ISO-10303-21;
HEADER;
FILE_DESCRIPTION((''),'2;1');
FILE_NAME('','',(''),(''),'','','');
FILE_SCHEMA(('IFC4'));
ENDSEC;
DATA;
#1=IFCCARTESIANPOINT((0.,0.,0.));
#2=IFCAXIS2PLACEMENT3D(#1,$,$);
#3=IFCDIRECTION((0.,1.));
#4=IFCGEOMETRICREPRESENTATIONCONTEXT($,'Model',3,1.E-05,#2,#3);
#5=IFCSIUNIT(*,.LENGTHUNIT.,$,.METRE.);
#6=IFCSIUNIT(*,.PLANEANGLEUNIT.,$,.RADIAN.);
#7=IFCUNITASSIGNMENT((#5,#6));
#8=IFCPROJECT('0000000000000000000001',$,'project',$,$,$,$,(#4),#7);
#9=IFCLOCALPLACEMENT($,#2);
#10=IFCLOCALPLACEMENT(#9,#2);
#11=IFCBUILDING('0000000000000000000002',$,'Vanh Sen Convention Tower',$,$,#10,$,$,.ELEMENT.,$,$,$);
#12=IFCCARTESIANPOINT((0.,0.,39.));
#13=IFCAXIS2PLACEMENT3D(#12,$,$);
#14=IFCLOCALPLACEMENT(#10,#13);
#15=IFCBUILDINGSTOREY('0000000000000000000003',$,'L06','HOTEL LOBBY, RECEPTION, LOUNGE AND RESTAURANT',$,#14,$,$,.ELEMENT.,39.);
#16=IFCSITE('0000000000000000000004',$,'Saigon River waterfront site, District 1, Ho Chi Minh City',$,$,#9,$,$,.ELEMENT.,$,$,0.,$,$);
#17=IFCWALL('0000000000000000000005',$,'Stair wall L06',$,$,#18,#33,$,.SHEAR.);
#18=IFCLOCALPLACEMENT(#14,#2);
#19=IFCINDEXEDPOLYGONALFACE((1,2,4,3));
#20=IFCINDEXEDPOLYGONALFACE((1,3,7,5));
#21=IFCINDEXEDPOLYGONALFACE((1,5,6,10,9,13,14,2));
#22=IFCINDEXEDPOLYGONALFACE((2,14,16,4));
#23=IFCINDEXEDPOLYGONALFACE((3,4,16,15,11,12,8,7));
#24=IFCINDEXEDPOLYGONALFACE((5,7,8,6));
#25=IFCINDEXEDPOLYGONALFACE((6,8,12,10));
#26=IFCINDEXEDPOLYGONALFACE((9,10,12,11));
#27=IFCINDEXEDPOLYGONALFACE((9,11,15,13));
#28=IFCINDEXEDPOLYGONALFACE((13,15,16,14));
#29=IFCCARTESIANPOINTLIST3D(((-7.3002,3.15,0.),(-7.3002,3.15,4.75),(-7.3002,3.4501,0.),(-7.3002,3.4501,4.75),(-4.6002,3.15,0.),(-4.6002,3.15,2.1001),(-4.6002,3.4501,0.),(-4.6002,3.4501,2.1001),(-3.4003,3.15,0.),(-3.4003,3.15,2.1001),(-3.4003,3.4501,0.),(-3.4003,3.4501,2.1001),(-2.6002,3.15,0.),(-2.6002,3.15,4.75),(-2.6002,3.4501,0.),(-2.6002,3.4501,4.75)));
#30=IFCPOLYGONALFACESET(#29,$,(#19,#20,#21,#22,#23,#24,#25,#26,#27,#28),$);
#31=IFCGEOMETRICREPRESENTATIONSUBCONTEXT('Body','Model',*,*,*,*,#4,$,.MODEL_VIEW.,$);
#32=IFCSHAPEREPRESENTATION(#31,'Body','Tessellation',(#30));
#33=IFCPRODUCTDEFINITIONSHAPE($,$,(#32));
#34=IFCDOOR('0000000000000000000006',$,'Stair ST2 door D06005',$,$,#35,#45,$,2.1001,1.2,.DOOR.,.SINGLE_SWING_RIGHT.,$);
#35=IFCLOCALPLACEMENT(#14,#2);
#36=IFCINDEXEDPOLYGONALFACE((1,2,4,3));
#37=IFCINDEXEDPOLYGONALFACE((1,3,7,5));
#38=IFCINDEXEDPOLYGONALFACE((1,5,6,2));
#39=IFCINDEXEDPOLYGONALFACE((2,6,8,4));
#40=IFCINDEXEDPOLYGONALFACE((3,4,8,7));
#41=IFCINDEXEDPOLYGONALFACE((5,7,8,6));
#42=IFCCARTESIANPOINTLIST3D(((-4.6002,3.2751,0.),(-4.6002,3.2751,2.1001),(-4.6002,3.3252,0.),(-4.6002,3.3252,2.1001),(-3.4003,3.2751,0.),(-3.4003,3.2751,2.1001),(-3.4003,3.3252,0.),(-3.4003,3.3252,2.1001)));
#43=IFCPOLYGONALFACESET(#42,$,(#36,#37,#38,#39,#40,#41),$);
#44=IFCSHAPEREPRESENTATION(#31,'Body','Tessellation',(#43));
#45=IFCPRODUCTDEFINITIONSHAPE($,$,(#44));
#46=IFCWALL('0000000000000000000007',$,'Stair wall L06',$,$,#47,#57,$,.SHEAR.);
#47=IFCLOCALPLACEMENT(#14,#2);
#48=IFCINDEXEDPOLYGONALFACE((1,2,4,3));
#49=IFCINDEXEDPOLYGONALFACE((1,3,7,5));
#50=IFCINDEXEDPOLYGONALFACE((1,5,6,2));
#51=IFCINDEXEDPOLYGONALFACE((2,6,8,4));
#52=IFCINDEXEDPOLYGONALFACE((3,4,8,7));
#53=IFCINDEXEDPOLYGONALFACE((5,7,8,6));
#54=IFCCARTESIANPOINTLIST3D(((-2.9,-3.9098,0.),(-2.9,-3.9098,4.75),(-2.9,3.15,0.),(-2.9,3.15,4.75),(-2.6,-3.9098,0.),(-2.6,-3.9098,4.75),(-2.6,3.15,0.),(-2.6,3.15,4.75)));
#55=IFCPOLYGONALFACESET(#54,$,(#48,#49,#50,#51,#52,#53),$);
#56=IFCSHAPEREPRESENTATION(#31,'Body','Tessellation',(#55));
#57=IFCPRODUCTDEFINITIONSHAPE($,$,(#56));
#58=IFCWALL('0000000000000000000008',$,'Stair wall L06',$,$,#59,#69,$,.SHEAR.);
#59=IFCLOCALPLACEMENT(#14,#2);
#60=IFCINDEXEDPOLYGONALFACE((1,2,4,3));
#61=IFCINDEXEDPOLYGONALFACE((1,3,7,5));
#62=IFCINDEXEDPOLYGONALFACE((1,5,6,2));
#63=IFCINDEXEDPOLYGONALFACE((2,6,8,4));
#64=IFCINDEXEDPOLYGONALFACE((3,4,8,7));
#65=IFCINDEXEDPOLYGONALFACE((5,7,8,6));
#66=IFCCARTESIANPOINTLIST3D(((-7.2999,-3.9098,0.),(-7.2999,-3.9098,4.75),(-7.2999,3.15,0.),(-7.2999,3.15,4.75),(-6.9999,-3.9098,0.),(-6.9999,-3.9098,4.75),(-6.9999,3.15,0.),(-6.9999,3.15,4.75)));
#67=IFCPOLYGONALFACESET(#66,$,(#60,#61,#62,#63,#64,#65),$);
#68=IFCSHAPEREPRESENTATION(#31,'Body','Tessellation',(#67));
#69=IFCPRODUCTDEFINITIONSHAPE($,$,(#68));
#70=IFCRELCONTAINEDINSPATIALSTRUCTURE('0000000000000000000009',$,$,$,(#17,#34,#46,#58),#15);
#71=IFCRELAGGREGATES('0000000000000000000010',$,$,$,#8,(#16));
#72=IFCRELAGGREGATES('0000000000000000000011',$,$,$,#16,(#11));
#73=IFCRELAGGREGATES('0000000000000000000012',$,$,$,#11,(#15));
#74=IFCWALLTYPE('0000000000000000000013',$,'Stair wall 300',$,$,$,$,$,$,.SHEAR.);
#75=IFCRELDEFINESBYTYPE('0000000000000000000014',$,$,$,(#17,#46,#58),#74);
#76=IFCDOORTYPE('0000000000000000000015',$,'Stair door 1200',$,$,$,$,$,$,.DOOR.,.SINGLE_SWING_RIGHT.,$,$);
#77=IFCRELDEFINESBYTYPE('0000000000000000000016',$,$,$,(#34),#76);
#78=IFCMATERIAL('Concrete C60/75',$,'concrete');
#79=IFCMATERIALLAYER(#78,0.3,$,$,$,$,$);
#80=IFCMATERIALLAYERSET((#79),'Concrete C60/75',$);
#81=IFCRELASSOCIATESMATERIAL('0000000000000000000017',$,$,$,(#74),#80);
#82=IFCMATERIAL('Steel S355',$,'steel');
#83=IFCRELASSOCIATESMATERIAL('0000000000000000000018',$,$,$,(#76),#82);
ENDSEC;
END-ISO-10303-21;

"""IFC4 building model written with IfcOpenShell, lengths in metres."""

from ifc_helpers import new_model, si_unit, direction, frame, frame_2d, origin, place, context, subcontext, project, spatial, rectangle, extrude, material, layer, layer_set, type_object, element, fill, save


model = new_model("IFC4")

# Units and contexts
model_context = context("Model", 3, precision=1e-05, world=origin(), true_north=direction((0.0, 1.0)))
body_context = subcontext(model_context, "Body", "Model", "MODEL_VIEW")
ifc_project = project(units=[si_unit("LENGTHUNIT", "METRE"), si_unit("PLANEANGLEUNIT", "RADIAN")], contexts=[model_context])

# Site, building, storey
site_placement = place(None, origin())
site = spatial("IfcSite", under=ifc_project, at=site_placement, Name="Saigon River waterfront site, District 1, Ho Chi Minh City", CompositionType="ELEMENT", RefElevation=0.0)
building_placement = place(site_placement, origin())
building = spatial("IfcBuilding", under=site, at=building_placement, Name="Vanh Sen Convention Tower", CompositionType="ELEMENT")
storey_placement = place(building_placement, frame((0.0, 0.0, 39.0)))
storey = spatial("IfcBuildingStorey", under=building, at=storey_placement, Name="L06", Description="HOTEL LOBBY, RECEPTION, LOUNGE AND RESTAURANT", CompositionType="ELEMENT", Elevation=39.0)

# Shared definitions
ifc_material_1 = material(Name="Steel S355", Category="steel")

# Shared definitions
ifc_material_2 = material(Name="Concrete C60/75", Category="concrete")

# Shared definitions
ifc_layer_1 = layer(ifc_material_2, 0.3)
ifc_layer_set_1 = layer_set([ifc_layer_1], Name="Concrete C60/75")
wall_type_1 = type_object("IfcWallType", Name="Stair wall 300", PredefinedType="SHEAR", material=ifc_layer_set_1)

# Wall, opening, door
wall_1_placement = place(storey_placement, frame((-2.6001, 3.3, 0.0), z_axis=(0.0, 0.0, 1.0), x_axis=(-1.0, 0.0, 0.0)))
wall_1 = element("IfcWall", 1, at=wall_1_placement, inside=storey, type_object=wall_type_1, Name="Stair wall L06", PredefinedType="SHEAR", context=body_context, shape_type="SweptSolid", body=[
    extrude(rectangle(XDim=4.7, YDim=0.3, at=frame_2d((2.3501, 0.0))), origin(), (0.0, 0.0, 1.0), 4.75),
])
opening_1_placement = place(wall_1_placement, frame((0.8, 0.0, 0.0)))
opening_1 = element("IfcOpeningElement", 2, at=opening_1_placement, cuts=wall_1, PredefinedType="OPENING", context=body_context, shape_type="SweptSolid", body=[
    extrude(rectangle(XDim=1.2, YDim=2.1001, at=frame_2d((0.6001, 1.05))), frame((0.0, 0.1599, 0.0), z_axis=(0.0, -1.0, 0.0), x_axis=(1.0, 0.0, 0.0)), (0.0, 0.0, 1.0), 0.3201),
])
door_type_1 = type_object("IfcDoorType", Name="Stair door 1200", OperationType="SINGLE_SWING_RIGHT", PredefinedType="DOOR", material=ifc_material_1)
door_1_placement = place(opening_1_placement, origin())
door_1 = element("IfcDoor", 3, at=door_1_placement, inside=storey, type_object=door_type_1, Name="Stair ST2 door D06005", OperationType="SINGLE_SWING_RIGHT", OverallHeight=2.1001, OverallWidth=1.2, PredefinedType="DOOR", context=body_context, shape_type="SweptSolid", body=[
    extrude(rectangle(XDim=1.2, YDim=2.1001, at=frame_2d((0.6001, 1.05))), frame((0.0, 0.0249, 0.0), z_axis=(0.0, -1.0, 0.0), x_axis=(1.0, 0.0, 0.0)), (0.0, 0.0, 1.0), 0.05),
])
fill(opening_1, door_1)

# Walls
for number, where, z_axis, x_axis, name in (
    (4, (-2.75, 3.1499, 0.0), (0.0, 0.0, 1.0), (0.0, -1.0, 0.0), "Stair wall L06"),
    (5, (-7.1499, 3.1499, 0.0), (0.0, 0.0, 1.0), (0.0, -1.0, 0.0), "Stair wall L06"),
):
    element("IfcWall", number, at=place(storey_placement, frame(where, z_axis=z_axis, x_axis=x_axis)), inside=storey, type_object=wall_type_1, Name=name, PredefinedType="SHEAR", context=body_context, shape_type="SweptSolid", body=[
        extrude(rectangle(XDim=7.0598, YDim=0.3, at=frame_2d((3.5298, 0.0))), origin(), (0.0, 0.0, 1.0), 4.75),
    ])

save(model, "model.ifc")
